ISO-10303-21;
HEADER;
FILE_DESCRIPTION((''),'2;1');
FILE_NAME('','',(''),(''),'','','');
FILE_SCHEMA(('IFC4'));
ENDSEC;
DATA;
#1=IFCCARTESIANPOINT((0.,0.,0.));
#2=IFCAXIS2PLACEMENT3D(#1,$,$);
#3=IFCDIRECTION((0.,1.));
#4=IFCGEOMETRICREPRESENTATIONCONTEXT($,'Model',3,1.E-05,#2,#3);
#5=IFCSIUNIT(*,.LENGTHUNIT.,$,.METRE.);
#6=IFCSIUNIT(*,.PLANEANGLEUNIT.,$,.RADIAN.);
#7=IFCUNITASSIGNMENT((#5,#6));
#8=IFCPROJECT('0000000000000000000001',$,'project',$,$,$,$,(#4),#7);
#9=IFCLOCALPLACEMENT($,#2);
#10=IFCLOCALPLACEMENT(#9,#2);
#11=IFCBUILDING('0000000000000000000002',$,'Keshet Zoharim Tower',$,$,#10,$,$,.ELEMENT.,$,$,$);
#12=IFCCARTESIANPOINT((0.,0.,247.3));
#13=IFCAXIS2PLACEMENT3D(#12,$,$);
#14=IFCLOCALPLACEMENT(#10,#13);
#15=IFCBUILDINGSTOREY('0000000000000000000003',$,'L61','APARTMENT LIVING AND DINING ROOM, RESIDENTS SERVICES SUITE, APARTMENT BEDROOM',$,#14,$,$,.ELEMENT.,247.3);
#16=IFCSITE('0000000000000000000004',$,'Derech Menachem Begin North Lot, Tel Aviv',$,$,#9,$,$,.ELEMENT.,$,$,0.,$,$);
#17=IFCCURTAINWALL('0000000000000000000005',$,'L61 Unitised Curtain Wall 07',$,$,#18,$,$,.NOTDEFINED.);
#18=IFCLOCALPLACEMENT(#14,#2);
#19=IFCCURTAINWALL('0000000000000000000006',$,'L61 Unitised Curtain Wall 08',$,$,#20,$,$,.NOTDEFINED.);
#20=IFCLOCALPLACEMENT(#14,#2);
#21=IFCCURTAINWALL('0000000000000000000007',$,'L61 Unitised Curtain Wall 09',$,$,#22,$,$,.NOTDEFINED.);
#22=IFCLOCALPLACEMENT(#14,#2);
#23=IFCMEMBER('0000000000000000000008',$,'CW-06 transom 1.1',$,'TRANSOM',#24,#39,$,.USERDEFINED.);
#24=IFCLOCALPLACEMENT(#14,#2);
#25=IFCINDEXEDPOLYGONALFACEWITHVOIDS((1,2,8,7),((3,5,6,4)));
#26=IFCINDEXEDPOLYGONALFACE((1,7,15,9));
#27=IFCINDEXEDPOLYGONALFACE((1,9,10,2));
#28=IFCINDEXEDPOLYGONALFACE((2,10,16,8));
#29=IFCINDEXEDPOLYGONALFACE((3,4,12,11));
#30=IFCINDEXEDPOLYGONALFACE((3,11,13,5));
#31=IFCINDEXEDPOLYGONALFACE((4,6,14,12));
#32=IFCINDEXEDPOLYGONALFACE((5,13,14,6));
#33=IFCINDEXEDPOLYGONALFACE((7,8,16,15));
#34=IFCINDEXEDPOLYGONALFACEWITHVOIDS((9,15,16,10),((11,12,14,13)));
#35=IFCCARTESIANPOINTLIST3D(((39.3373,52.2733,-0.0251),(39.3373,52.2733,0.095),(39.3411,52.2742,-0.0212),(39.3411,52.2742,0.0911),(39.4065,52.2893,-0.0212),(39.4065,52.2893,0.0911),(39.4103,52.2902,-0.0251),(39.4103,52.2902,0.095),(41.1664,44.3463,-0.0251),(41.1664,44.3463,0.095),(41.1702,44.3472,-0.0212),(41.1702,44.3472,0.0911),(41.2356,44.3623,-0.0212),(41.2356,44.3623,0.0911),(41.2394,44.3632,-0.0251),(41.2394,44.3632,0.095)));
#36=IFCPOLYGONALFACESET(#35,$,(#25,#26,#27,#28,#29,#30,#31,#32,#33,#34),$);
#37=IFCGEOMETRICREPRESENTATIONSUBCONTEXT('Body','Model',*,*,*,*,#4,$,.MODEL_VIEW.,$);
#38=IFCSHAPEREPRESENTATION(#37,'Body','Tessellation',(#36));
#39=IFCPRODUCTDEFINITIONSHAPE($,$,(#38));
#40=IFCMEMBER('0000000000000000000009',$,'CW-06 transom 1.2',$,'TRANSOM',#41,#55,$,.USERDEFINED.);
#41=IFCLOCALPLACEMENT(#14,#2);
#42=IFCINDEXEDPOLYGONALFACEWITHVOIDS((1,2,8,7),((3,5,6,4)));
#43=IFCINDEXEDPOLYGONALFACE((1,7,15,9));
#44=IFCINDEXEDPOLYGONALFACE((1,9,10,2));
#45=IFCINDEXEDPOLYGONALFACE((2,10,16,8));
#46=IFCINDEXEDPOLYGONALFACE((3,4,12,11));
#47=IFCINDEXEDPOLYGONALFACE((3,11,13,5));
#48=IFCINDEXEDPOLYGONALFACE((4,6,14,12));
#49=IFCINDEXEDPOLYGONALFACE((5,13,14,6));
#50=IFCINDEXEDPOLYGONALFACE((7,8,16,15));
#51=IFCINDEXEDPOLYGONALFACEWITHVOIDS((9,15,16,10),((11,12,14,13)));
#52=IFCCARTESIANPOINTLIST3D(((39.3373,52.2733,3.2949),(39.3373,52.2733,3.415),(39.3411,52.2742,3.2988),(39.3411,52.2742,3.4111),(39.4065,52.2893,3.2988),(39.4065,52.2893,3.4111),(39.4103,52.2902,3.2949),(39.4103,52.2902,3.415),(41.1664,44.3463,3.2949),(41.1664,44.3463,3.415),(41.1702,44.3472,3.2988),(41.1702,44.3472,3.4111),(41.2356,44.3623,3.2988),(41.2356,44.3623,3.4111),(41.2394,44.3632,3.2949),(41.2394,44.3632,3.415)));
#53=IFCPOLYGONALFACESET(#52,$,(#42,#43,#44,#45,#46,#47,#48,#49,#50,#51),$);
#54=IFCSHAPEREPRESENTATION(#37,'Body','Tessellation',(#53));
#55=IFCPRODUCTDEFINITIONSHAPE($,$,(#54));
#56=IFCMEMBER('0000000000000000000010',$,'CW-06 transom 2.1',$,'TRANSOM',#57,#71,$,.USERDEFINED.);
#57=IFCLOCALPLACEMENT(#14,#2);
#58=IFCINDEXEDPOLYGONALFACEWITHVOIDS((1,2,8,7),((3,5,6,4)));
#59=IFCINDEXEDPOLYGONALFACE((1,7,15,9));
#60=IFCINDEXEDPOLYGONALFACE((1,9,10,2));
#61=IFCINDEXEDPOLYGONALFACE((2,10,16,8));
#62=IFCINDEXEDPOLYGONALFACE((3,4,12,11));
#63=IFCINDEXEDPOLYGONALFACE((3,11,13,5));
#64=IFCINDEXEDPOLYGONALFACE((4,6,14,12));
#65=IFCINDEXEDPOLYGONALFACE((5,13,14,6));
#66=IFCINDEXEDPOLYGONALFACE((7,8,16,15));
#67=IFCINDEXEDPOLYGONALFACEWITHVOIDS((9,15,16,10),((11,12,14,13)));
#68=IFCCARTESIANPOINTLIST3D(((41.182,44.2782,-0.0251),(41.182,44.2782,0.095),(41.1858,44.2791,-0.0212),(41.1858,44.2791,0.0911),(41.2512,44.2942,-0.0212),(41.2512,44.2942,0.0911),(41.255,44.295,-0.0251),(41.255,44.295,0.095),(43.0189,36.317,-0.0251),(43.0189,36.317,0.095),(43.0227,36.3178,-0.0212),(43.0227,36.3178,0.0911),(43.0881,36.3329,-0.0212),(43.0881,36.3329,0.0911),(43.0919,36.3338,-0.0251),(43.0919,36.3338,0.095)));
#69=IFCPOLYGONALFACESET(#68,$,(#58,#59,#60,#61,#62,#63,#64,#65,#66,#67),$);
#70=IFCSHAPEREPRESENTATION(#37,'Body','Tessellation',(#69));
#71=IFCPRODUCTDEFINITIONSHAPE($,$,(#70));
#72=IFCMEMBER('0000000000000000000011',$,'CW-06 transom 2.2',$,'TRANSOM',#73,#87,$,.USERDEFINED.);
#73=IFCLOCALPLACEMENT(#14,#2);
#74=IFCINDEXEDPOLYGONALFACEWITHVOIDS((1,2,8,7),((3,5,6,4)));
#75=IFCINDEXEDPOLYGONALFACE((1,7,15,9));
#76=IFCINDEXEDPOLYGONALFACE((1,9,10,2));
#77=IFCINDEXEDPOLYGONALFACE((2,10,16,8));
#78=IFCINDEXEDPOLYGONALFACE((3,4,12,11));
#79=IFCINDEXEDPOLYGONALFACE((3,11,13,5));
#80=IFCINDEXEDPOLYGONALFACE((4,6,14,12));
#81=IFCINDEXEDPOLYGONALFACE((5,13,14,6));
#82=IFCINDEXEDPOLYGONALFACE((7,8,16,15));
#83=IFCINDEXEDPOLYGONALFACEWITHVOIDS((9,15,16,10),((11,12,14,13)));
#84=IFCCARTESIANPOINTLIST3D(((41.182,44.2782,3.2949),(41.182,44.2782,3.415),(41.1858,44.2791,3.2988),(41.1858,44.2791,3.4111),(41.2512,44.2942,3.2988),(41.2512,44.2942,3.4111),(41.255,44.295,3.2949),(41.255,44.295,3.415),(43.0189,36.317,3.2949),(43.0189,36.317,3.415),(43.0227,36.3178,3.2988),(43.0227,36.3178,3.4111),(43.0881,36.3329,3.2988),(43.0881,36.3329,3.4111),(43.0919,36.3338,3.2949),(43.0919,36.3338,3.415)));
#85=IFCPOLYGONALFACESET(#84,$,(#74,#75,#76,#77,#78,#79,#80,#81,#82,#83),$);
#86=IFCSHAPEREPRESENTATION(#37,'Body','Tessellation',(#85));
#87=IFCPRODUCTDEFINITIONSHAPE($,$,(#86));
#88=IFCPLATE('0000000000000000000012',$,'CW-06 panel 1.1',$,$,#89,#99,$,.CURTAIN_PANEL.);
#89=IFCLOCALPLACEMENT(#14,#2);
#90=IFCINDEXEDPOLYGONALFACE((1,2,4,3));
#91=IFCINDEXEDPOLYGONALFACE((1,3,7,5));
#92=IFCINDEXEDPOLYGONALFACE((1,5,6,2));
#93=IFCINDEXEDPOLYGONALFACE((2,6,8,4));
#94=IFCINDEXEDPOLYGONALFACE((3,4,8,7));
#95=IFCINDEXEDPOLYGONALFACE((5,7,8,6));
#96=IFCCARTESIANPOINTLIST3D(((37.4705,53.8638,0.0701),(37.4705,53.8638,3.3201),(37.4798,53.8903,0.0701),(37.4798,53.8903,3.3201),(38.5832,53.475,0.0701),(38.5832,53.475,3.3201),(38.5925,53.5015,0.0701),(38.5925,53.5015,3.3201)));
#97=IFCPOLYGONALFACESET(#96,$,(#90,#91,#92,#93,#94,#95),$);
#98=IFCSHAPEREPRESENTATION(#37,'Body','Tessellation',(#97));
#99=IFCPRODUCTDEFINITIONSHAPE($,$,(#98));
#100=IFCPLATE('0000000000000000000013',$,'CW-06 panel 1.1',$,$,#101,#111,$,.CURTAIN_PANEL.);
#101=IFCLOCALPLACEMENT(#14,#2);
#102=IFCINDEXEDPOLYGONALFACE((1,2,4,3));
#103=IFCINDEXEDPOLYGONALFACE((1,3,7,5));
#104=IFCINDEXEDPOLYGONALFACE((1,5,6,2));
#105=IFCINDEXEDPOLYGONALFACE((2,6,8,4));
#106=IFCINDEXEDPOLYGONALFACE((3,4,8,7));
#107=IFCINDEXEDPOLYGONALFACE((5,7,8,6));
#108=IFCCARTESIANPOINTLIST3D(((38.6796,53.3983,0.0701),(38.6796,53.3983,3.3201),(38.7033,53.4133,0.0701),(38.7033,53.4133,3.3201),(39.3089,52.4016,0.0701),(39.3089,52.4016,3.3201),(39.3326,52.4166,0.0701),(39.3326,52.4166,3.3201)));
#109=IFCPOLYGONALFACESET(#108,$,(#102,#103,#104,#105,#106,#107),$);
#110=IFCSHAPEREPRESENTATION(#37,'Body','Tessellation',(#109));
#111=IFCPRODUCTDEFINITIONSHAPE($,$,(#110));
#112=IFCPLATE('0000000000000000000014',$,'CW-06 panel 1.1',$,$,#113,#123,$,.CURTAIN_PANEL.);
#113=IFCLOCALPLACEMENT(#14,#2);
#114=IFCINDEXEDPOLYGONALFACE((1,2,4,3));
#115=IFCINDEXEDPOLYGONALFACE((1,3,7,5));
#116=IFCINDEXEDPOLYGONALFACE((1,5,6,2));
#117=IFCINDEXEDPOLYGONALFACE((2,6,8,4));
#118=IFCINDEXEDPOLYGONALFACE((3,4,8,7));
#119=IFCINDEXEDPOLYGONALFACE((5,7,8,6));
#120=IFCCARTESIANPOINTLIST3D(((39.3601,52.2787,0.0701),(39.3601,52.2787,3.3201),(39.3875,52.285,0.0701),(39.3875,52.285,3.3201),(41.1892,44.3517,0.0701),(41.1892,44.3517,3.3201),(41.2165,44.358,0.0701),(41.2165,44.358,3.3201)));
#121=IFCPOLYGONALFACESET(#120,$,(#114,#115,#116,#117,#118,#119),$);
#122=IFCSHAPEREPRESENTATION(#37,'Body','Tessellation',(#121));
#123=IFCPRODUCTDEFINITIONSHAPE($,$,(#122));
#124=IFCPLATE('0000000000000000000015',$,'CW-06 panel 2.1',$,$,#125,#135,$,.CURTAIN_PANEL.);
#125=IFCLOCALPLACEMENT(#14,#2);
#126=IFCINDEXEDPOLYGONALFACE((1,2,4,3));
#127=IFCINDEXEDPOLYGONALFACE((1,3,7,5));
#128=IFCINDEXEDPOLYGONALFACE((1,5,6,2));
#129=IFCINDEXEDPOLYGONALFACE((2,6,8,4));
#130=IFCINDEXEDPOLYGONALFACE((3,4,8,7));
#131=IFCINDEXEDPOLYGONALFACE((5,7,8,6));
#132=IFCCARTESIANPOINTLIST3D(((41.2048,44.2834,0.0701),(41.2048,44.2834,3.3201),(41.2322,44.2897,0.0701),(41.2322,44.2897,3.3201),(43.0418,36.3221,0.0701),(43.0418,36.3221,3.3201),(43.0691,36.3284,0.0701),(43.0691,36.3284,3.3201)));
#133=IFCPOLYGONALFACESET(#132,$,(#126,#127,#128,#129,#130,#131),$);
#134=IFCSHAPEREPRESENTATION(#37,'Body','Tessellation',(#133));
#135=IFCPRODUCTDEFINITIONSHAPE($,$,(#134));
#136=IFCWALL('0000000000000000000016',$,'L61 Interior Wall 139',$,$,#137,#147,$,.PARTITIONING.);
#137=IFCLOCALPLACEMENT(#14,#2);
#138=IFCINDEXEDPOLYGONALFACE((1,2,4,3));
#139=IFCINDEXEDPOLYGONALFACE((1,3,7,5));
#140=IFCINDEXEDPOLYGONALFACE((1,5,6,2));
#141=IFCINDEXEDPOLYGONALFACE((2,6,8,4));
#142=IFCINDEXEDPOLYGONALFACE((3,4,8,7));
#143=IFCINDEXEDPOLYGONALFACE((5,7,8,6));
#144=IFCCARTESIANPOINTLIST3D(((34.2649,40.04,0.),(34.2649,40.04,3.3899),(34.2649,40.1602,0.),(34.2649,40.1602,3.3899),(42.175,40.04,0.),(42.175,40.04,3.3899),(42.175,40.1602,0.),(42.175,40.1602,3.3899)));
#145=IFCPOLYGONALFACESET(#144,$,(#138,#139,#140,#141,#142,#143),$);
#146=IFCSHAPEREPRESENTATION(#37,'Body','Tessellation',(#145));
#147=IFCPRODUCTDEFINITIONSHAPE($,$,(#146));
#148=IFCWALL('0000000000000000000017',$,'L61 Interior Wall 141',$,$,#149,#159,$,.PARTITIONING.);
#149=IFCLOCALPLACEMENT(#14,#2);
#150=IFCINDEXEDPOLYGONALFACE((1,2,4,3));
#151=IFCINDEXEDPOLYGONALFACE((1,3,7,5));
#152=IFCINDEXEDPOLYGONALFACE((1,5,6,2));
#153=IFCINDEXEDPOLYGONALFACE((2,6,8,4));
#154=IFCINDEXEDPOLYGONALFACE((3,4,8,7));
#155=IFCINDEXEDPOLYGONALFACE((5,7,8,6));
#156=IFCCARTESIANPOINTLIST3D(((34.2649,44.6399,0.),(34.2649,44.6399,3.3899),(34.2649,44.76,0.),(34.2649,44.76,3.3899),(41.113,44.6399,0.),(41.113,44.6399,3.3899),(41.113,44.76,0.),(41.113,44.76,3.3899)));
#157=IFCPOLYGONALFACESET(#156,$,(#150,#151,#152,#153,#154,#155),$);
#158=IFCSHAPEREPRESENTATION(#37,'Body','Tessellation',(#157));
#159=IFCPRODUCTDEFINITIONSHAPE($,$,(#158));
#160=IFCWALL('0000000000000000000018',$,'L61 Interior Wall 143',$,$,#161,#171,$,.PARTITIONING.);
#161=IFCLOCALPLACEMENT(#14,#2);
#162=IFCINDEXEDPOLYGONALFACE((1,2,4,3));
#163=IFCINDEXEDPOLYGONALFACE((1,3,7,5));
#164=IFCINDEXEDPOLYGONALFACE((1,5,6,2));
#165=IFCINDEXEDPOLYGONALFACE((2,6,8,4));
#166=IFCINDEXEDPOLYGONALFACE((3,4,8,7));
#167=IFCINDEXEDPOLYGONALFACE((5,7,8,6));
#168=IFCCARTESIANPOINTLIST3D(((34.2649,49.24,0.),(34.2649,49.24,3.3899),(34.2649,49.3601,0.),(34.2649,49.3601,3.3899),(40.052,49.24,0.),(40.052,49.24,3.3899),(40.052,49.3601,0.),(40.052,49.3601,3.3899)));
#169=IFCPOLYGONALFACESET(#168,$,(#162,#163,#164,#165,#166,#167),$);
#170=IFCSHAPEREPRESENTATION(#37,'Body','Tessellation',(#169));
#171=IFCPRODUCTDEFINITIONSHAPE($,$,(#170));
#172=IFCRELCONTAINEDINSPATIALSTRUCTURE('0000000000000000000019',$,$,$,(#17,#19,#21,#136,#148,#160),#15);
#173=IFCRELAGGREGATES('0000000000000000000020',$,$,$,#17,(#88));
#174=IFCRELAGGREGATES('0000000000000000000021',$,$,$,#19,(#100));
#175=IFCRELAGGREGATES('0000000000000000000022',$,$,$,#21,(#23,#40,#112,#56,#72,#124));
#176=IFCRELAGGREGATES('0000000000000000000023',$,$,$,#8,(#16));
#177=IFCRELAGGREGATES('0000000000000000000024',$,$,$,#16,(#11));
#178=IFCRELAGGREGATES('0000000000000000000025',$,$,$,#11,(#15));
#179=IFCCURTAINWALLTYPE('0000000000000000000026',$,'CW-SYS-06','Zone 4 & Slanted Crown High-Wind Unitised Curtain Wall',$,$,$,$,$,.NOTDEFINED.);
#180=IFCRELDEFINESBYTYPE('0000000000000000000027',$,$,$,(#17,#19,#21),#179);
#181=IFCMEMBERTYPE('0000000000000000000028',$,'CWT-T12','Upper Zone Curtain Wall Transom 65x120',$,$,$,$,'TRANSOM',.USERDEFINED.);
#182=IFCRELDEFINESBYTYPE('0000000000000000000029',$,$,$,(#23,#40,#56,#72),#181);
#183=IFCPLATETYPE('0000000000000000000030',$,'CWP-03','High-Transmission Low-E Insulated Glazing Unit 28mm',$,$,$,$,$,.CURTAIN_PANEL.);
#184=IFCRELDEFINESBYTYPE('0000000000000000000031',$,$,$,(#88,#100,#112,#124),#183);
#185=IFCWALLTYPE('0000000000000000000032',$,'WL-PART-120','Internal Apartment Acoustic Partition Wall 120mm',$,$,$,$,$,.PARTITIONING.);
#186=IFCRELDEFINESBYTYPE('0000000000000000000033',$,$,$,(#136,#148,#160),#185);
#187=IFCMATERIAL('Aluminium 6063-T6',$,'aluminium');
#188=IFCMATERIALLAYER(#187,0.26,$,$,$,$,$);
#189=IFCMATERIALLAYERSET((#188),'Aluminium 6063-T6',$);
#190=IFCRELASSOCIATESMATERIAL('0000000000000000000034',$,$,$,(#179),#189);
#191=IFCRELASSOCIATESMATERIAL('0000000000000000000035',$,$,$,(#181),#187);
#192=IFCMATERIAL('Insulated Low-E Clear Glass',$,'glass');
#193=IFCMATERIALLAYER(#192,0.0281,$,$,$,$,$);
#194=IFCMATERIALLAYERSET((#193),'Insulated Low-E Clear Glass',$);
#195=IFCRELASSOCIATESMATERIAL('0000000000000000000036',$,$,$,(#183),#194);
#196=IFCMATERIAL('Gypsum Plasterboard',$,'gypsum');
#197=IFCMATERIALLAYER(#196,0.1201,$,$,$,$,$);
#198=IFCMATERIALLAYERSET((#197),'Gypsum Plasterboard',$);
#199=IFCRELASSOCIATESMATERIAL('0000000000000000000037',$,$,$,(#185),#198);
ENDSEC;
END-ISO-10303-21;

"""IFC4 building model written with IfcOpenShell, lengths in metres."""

from ifc_helpers import new_model, si_unit, direction, frame, frame_2d, origin, origin_2d, place, context, subcontext, project, spatial, rectangle, hollow_rectangle, extrude, material, layer, layer_set, material_profile, profile_set, type_object, element, aggregate, save


model = new_model("IFC4")

# Units and contexts
model_context = context("Model", 3, precision=1e-05, world=origin(), true_north=direction((0.0, 1.0)))
body_context = subcontext(model_context, "Body", "Model", "MODEL_VIEW")
ifc_project = project(units=[si_unit("LENGTHUNIT", "METRE"), si_unit("PLANEANGLEUNIT", "RADIAN")], contexts=[model_context])

# Site, building, storey
site_placement = place(None, origin())
site = spatial("IfcSite", under=ifc_project, at=site_placement, Name="Derech Menachem Begin North Lot, Tel Aviv", CompositionType="ELEMENT", RefElevation=0.0)
building_placement = place(site_placement, origin())
building = spatial("IfcBuilding", under=site, at=building_placement, Name="Keshet Zoharim Tower", CompositionType="ELEMENT")
storey_placement = place(building_placement, frame((0.0, 0.0, 247.3)))
storey = spatial("IfcBuildingStorey", under=building, at=storey_placement, Name="L61", Description="APARTMENT LIVING AND DINING ROOM, RESIDENTS SERVICES SUITE, APARTMENT BEDROOM", CompositionType="ELEMENT", Elevation=247.3)

# Shared definitions
ifc_material_1 = material(Name="Aluminium 6063-T6", Category="aluminium")
ifc_layer_1 = layer(ifc_material_1, 0.26)
ifc_layer_set_1 = layer_set([ifc_layer_1], Name="Aluminium 6063-T6")
curtain_wall_type = type_object("IfcCurtainWallType", Name="CW-SYS-06", Description="Zone 4 & Slanted Crown High-Wind Unitised Curtain Wall", PredefinedType="NOTDEFINED", material=ifc_layer_set_1)

# Curtain walls
curtain_wall_1_placement = place(storey_placement, origin())
curtain_wall_1 = element("IfcCurtainWall", 1, at=curtain_wall_1_placement, inside=storey, type_object=curtain_wall_type, Name="L61 Unitised Curtain Wall 07", PredefinedType="NOTDEFINED")
curtain_wall_2_placement = place(storey_placement, origin())
curtain_wall_2 = element("IfcCurtainWall", 2, at=curtain_wall_2_placement, inside=storey, type_object=curtain_wall_type, Name="L61 Unitised Curtain Wall 08", PredefinedType="NOTDEFINED")
curtain_wall_3_placement = place(storey_placement, origin())
curtain_wall_3 = element("IfcCurtainWall", 3, at=curtain_wall_3_placement, inside=storey, type_object=curtain_wall_type, Name="L61 Unitised Curtain Wall 09", PredefinedType="NOTDEFINED")

# Members
ifc_material_profile_1 = material_profile(ifc_material_1, hollow_rectangle(XDim=0.075, YDim=0.1201, WallThickness=0.0039, at=origin_2d()), Name="TRN-75x120")
ifc_profile_set_1 = profile_set([ifc_material_profile_1], Name="Aluminium 6063-T6")
member_type_1 = type_object("IfcMemberType", Name="CWT-T12", Description="Upper Zone Curtain Wall Transom 65x120", ElementType="TRANSOM", PredefinedType="USERDEFINED", material=ifc_profile_set_1)
member_1_placement = place(storey_placement, frame((39.3738, 52.2817, 0.0349), z_axis=(0.224835, -0.974397, 0.0), x_axis=(0.974397, 0.224835, 0.0)))
member_1 = element("IfcMember", 4, at=member_1_placement, type_object=member_type_1, Name="CW-06 transom 1.1", ObjectType="TRANSOM", PredefinedType="USERDEFINED", context=body_context, shape_type="SweptSolid", body=[
    extrude(hollow_rectangle(XDim=0.075, YDim=0.1201, WallThickness=0.0039, at=origin_2d()), origin(), (0.0, 0.0, 1.0), 8.1353),
])
member_2_placement = place(storey_placement, frame((39.3738, 52.2817, 3.355), z_axis=(0.224835, -0.974397, 0.0), x_axis=(0.974397, 0.224835, 0.0)))
member_2 = element("IfcMember", 5, at=member_2_placement, type_object=member_type_1, Name="CW-06 transom 1.2", ObjectType="TRANSOM", PredefinedType="USERDEFINED", context=body_context, shape_type="SweptSolid", body=[
    extrude(hollow_rectangle(XDim=0.075, YDim=0.1201, WallThickness=0.0039, at=origin_2d()), origin(), (0.0, 0.0, 1.0), 8.1353),
])
member_3_placement = place(storey_placement, frame((41.2185, 44.2866, 0.0349), z_axis=(0.224827, -0.974399, 0.0), x_axis=(0.974399, 0.224827, 0.0)))
member_3 = element("IfcMember", 6, at=member_3_placement, type_object=member_type_1, Name="CW-06 transom 2.1", ObjectType="TRANSOM", PredefinedType="USERDEFINED", context=body_context, shape_type="SweptSolid", body=[
    extrude(hollow_rectangle(XDim=0.075, YDim=0.1201, WallThickness=0.0039, at=origin_2d()), origin(), (0.0, 0.0, 1.0), 8.1704),
])
member_4_placement = place(storey_placement, frame((41.2185, 44.2866, 3.355), z_axis=(0.224827, -0.974399, 0.0), x_axis=(0.974399, 0.224827, 0.0)))
member_4 = element("IfcMember", 7, at=member_4_placement, type_object=member_type_1, Name="CW-06 transom 2.2", ObjectType="TRANSOM", PredefinedType="USERDEFINED", context=body_context, shape_type="SweptSolid", body=[
    extrude(hollow_rectangle(XDim=0.075, YDim=0.1201, WallThickness=0.0039, at=origin_2d()), origin(), (0.0, 0.0, 1.0), 8.1704),
])

# Plates
ifc_material_2 = material(Name="Insulated Low-E Clear Glass", Category="glass")
ifc_layer_2 = layer(ifc_material_2, 0.0281)
ifc_layer_set_2 = layer_set([ifc_layer_2], Name="Insulated Low-E Clear Glass")
plate_type = type_object("IfcPlateType", Name="CWP-03", Description="High-Transmission Low-E Insulated Glazing Unit 28mm", PredefinedType="CURTAIN_PANEL", material=ifc_layer_set_2)
plate_1_placement = place(storey_placement, frame((38.0315, 53.6826, 0.0701), z_axis=(0.0, 0.0, 1.0), x_axis=(0.944036, -0.329844, 0.0)))
plate_1 = element("IfcPlate", 8, at=plate_1_placement, type_object=plate_type, Name="CW-06 panel 1.1", PredefinedType="CURTAIN_PANEL", context=body_context, shape_type="SweptSolid", body=[
    extrude(rectangle(XDim=1.1787, YDim=0.0281, at=origin_2d()), origin(), (0.0, 0.0, 1.0), 3.25),
])
aggregate(curtain_wall_1, [plate_1])
plate_2_placement = place(storey_placement, frame((39.0061, 52.9075, 0.0701), z_axis=(0.0, 0.0, 1.0), x_axis=(0.533879, -0.845561, 0.0)))
plate_2 = element("IfcPlate", 9, at=plate_2_placement, type_object=plate_type, Name="CW-06 panel 1.1", PredefinedType="CURTAIN_PANEL", context=body_context, shape_type="SweptSolid", body=[
    extrude(rectangle(XDim=1.1787, YDim=0.0281, at=origin_2d()), origin(), (0.0, 0.0, 1.0), 3.25),
])
aggregate(curtain_wall_2, [plate_2])
plate_3_placement = place(storey_placement, frame((40.2883, 48.3184, 0.0701), z_axis=(0.0, 0.0, 1.0), x_axis=(0.22483, -0.974398, 0.0)))
plate_3 = element("IfcPlate", 10, at=plate_3_placement, type_object=plate_type, Name="CW-06 panel 1.1", PredefinedType="CURTAIN_PANEL", context=body_context, shape_type="SweptSolid", body=[
    extrude(rectangle(XDim=8.1353, YDim=0.0281, at=origin_2d()), origin(), (0.0, 0.0, 1.0), 3.25),
])
plate_4_placement = place(storey_placement, frame((42.137, 40.3059, 0.0701), z_axis=(0.0, 0.0, 1.0), x_axis=(0.22483, -0.974398, 0.0)))
plate_4 = element("IfcPlate", 11, at=plate_4_placement, type_object=plate_type, Name="CW-06 panel 2.1", PredefinedType="CURTAIN_PANEL", context=body_context, shape_type="SweptSolid", body=[
    extrude(rectangle(XDim=8.1704, YDim=0.0281, at=origin_2d()), origin(), (0.0, 0.0, 1.0), 3.25),
])
aggregate(curtain_wall_3, [member_1, member_2, plate_3, member_3, member_4, plate_4])

# Walls
ifc_material_3 = material(Name="Gypsum Plasterboard", Category="gypsum")
ifc_layer_3 = layer(ifc_material_3, 0.1201)
ifc_layer_set_3 = layer_set([ifc_layer_3], Name="Gypsum Plasterboard")
wall_type = type_object("IfcWallType", Name="WL-PART-120", Description="Internal Apartment Acoustic Partition Wall 120mm", PredefinedType="PARTITIONING", material=ifc_layer_set_3)
wall_1_placement = place(storey_placement, frame((34.2649, 40.1001, 0.0), z_axis=(0.0, 0.0, 1.0), x_axis=(1.0, 0.0, 0.0)))
element("IfcWall", 12, at=wall_1_placement, inside=storey, type_object=wall_type, Name="L61 Interior Wall 139", PredefinedType="PARTITIONING", context=body_context, shape_type="SweptSolid", body=[
    extrude(rectangle(XDim=7.9102, YDim=0.1201, at=frame_2d((3.9551, 0.0))), origin(), (0.0, 0.0, 1.0), 3.3899),
])
wall_2_placement = place(storey_placement, frame((34.2649, 44.7, 0.0), z_axis=(0.0, 0.0, 1.0), x_axis=(1.0, 0.0, 0.0)))
element("IfcWall", 13, at=wall_2_placement, inside=storey, type_object=wall_type, Name="L61 Interior Wall 141", PredefinedType="PARTITIONING", context=body_context, shape_type="SweptSolid", body=[
    extrude(rectangle(XDim=6.8481, YDim=0.1201, at=frame_2d((3.4241, 0.0))), origin(), (0.0, 0.0, 1.0), 3.3899),
])
wall_3_placement = place(storey_placement, frame((34.2649, 49.3, 0.0), z_axis=(0.0, 0.0, 1.0), x_axis=(1.0, 0.0, 0.0)))
element("IfcWall", 14, at=wall_3_placement, inside=storey, type_object=wall_type, Name="L61 Interior Wall 143", PredefinedType="PARTITIONING", context=body_context, shape_type="SweptSolid", body=[
    extrude(rectangle(XDim=5.7871, YDim=0.1201, at=frame_2d((2.8936, 0.0))), origin(), (0.0, 0.0, 1.0), 3.3899),
])

save(model, "model.ifc")
